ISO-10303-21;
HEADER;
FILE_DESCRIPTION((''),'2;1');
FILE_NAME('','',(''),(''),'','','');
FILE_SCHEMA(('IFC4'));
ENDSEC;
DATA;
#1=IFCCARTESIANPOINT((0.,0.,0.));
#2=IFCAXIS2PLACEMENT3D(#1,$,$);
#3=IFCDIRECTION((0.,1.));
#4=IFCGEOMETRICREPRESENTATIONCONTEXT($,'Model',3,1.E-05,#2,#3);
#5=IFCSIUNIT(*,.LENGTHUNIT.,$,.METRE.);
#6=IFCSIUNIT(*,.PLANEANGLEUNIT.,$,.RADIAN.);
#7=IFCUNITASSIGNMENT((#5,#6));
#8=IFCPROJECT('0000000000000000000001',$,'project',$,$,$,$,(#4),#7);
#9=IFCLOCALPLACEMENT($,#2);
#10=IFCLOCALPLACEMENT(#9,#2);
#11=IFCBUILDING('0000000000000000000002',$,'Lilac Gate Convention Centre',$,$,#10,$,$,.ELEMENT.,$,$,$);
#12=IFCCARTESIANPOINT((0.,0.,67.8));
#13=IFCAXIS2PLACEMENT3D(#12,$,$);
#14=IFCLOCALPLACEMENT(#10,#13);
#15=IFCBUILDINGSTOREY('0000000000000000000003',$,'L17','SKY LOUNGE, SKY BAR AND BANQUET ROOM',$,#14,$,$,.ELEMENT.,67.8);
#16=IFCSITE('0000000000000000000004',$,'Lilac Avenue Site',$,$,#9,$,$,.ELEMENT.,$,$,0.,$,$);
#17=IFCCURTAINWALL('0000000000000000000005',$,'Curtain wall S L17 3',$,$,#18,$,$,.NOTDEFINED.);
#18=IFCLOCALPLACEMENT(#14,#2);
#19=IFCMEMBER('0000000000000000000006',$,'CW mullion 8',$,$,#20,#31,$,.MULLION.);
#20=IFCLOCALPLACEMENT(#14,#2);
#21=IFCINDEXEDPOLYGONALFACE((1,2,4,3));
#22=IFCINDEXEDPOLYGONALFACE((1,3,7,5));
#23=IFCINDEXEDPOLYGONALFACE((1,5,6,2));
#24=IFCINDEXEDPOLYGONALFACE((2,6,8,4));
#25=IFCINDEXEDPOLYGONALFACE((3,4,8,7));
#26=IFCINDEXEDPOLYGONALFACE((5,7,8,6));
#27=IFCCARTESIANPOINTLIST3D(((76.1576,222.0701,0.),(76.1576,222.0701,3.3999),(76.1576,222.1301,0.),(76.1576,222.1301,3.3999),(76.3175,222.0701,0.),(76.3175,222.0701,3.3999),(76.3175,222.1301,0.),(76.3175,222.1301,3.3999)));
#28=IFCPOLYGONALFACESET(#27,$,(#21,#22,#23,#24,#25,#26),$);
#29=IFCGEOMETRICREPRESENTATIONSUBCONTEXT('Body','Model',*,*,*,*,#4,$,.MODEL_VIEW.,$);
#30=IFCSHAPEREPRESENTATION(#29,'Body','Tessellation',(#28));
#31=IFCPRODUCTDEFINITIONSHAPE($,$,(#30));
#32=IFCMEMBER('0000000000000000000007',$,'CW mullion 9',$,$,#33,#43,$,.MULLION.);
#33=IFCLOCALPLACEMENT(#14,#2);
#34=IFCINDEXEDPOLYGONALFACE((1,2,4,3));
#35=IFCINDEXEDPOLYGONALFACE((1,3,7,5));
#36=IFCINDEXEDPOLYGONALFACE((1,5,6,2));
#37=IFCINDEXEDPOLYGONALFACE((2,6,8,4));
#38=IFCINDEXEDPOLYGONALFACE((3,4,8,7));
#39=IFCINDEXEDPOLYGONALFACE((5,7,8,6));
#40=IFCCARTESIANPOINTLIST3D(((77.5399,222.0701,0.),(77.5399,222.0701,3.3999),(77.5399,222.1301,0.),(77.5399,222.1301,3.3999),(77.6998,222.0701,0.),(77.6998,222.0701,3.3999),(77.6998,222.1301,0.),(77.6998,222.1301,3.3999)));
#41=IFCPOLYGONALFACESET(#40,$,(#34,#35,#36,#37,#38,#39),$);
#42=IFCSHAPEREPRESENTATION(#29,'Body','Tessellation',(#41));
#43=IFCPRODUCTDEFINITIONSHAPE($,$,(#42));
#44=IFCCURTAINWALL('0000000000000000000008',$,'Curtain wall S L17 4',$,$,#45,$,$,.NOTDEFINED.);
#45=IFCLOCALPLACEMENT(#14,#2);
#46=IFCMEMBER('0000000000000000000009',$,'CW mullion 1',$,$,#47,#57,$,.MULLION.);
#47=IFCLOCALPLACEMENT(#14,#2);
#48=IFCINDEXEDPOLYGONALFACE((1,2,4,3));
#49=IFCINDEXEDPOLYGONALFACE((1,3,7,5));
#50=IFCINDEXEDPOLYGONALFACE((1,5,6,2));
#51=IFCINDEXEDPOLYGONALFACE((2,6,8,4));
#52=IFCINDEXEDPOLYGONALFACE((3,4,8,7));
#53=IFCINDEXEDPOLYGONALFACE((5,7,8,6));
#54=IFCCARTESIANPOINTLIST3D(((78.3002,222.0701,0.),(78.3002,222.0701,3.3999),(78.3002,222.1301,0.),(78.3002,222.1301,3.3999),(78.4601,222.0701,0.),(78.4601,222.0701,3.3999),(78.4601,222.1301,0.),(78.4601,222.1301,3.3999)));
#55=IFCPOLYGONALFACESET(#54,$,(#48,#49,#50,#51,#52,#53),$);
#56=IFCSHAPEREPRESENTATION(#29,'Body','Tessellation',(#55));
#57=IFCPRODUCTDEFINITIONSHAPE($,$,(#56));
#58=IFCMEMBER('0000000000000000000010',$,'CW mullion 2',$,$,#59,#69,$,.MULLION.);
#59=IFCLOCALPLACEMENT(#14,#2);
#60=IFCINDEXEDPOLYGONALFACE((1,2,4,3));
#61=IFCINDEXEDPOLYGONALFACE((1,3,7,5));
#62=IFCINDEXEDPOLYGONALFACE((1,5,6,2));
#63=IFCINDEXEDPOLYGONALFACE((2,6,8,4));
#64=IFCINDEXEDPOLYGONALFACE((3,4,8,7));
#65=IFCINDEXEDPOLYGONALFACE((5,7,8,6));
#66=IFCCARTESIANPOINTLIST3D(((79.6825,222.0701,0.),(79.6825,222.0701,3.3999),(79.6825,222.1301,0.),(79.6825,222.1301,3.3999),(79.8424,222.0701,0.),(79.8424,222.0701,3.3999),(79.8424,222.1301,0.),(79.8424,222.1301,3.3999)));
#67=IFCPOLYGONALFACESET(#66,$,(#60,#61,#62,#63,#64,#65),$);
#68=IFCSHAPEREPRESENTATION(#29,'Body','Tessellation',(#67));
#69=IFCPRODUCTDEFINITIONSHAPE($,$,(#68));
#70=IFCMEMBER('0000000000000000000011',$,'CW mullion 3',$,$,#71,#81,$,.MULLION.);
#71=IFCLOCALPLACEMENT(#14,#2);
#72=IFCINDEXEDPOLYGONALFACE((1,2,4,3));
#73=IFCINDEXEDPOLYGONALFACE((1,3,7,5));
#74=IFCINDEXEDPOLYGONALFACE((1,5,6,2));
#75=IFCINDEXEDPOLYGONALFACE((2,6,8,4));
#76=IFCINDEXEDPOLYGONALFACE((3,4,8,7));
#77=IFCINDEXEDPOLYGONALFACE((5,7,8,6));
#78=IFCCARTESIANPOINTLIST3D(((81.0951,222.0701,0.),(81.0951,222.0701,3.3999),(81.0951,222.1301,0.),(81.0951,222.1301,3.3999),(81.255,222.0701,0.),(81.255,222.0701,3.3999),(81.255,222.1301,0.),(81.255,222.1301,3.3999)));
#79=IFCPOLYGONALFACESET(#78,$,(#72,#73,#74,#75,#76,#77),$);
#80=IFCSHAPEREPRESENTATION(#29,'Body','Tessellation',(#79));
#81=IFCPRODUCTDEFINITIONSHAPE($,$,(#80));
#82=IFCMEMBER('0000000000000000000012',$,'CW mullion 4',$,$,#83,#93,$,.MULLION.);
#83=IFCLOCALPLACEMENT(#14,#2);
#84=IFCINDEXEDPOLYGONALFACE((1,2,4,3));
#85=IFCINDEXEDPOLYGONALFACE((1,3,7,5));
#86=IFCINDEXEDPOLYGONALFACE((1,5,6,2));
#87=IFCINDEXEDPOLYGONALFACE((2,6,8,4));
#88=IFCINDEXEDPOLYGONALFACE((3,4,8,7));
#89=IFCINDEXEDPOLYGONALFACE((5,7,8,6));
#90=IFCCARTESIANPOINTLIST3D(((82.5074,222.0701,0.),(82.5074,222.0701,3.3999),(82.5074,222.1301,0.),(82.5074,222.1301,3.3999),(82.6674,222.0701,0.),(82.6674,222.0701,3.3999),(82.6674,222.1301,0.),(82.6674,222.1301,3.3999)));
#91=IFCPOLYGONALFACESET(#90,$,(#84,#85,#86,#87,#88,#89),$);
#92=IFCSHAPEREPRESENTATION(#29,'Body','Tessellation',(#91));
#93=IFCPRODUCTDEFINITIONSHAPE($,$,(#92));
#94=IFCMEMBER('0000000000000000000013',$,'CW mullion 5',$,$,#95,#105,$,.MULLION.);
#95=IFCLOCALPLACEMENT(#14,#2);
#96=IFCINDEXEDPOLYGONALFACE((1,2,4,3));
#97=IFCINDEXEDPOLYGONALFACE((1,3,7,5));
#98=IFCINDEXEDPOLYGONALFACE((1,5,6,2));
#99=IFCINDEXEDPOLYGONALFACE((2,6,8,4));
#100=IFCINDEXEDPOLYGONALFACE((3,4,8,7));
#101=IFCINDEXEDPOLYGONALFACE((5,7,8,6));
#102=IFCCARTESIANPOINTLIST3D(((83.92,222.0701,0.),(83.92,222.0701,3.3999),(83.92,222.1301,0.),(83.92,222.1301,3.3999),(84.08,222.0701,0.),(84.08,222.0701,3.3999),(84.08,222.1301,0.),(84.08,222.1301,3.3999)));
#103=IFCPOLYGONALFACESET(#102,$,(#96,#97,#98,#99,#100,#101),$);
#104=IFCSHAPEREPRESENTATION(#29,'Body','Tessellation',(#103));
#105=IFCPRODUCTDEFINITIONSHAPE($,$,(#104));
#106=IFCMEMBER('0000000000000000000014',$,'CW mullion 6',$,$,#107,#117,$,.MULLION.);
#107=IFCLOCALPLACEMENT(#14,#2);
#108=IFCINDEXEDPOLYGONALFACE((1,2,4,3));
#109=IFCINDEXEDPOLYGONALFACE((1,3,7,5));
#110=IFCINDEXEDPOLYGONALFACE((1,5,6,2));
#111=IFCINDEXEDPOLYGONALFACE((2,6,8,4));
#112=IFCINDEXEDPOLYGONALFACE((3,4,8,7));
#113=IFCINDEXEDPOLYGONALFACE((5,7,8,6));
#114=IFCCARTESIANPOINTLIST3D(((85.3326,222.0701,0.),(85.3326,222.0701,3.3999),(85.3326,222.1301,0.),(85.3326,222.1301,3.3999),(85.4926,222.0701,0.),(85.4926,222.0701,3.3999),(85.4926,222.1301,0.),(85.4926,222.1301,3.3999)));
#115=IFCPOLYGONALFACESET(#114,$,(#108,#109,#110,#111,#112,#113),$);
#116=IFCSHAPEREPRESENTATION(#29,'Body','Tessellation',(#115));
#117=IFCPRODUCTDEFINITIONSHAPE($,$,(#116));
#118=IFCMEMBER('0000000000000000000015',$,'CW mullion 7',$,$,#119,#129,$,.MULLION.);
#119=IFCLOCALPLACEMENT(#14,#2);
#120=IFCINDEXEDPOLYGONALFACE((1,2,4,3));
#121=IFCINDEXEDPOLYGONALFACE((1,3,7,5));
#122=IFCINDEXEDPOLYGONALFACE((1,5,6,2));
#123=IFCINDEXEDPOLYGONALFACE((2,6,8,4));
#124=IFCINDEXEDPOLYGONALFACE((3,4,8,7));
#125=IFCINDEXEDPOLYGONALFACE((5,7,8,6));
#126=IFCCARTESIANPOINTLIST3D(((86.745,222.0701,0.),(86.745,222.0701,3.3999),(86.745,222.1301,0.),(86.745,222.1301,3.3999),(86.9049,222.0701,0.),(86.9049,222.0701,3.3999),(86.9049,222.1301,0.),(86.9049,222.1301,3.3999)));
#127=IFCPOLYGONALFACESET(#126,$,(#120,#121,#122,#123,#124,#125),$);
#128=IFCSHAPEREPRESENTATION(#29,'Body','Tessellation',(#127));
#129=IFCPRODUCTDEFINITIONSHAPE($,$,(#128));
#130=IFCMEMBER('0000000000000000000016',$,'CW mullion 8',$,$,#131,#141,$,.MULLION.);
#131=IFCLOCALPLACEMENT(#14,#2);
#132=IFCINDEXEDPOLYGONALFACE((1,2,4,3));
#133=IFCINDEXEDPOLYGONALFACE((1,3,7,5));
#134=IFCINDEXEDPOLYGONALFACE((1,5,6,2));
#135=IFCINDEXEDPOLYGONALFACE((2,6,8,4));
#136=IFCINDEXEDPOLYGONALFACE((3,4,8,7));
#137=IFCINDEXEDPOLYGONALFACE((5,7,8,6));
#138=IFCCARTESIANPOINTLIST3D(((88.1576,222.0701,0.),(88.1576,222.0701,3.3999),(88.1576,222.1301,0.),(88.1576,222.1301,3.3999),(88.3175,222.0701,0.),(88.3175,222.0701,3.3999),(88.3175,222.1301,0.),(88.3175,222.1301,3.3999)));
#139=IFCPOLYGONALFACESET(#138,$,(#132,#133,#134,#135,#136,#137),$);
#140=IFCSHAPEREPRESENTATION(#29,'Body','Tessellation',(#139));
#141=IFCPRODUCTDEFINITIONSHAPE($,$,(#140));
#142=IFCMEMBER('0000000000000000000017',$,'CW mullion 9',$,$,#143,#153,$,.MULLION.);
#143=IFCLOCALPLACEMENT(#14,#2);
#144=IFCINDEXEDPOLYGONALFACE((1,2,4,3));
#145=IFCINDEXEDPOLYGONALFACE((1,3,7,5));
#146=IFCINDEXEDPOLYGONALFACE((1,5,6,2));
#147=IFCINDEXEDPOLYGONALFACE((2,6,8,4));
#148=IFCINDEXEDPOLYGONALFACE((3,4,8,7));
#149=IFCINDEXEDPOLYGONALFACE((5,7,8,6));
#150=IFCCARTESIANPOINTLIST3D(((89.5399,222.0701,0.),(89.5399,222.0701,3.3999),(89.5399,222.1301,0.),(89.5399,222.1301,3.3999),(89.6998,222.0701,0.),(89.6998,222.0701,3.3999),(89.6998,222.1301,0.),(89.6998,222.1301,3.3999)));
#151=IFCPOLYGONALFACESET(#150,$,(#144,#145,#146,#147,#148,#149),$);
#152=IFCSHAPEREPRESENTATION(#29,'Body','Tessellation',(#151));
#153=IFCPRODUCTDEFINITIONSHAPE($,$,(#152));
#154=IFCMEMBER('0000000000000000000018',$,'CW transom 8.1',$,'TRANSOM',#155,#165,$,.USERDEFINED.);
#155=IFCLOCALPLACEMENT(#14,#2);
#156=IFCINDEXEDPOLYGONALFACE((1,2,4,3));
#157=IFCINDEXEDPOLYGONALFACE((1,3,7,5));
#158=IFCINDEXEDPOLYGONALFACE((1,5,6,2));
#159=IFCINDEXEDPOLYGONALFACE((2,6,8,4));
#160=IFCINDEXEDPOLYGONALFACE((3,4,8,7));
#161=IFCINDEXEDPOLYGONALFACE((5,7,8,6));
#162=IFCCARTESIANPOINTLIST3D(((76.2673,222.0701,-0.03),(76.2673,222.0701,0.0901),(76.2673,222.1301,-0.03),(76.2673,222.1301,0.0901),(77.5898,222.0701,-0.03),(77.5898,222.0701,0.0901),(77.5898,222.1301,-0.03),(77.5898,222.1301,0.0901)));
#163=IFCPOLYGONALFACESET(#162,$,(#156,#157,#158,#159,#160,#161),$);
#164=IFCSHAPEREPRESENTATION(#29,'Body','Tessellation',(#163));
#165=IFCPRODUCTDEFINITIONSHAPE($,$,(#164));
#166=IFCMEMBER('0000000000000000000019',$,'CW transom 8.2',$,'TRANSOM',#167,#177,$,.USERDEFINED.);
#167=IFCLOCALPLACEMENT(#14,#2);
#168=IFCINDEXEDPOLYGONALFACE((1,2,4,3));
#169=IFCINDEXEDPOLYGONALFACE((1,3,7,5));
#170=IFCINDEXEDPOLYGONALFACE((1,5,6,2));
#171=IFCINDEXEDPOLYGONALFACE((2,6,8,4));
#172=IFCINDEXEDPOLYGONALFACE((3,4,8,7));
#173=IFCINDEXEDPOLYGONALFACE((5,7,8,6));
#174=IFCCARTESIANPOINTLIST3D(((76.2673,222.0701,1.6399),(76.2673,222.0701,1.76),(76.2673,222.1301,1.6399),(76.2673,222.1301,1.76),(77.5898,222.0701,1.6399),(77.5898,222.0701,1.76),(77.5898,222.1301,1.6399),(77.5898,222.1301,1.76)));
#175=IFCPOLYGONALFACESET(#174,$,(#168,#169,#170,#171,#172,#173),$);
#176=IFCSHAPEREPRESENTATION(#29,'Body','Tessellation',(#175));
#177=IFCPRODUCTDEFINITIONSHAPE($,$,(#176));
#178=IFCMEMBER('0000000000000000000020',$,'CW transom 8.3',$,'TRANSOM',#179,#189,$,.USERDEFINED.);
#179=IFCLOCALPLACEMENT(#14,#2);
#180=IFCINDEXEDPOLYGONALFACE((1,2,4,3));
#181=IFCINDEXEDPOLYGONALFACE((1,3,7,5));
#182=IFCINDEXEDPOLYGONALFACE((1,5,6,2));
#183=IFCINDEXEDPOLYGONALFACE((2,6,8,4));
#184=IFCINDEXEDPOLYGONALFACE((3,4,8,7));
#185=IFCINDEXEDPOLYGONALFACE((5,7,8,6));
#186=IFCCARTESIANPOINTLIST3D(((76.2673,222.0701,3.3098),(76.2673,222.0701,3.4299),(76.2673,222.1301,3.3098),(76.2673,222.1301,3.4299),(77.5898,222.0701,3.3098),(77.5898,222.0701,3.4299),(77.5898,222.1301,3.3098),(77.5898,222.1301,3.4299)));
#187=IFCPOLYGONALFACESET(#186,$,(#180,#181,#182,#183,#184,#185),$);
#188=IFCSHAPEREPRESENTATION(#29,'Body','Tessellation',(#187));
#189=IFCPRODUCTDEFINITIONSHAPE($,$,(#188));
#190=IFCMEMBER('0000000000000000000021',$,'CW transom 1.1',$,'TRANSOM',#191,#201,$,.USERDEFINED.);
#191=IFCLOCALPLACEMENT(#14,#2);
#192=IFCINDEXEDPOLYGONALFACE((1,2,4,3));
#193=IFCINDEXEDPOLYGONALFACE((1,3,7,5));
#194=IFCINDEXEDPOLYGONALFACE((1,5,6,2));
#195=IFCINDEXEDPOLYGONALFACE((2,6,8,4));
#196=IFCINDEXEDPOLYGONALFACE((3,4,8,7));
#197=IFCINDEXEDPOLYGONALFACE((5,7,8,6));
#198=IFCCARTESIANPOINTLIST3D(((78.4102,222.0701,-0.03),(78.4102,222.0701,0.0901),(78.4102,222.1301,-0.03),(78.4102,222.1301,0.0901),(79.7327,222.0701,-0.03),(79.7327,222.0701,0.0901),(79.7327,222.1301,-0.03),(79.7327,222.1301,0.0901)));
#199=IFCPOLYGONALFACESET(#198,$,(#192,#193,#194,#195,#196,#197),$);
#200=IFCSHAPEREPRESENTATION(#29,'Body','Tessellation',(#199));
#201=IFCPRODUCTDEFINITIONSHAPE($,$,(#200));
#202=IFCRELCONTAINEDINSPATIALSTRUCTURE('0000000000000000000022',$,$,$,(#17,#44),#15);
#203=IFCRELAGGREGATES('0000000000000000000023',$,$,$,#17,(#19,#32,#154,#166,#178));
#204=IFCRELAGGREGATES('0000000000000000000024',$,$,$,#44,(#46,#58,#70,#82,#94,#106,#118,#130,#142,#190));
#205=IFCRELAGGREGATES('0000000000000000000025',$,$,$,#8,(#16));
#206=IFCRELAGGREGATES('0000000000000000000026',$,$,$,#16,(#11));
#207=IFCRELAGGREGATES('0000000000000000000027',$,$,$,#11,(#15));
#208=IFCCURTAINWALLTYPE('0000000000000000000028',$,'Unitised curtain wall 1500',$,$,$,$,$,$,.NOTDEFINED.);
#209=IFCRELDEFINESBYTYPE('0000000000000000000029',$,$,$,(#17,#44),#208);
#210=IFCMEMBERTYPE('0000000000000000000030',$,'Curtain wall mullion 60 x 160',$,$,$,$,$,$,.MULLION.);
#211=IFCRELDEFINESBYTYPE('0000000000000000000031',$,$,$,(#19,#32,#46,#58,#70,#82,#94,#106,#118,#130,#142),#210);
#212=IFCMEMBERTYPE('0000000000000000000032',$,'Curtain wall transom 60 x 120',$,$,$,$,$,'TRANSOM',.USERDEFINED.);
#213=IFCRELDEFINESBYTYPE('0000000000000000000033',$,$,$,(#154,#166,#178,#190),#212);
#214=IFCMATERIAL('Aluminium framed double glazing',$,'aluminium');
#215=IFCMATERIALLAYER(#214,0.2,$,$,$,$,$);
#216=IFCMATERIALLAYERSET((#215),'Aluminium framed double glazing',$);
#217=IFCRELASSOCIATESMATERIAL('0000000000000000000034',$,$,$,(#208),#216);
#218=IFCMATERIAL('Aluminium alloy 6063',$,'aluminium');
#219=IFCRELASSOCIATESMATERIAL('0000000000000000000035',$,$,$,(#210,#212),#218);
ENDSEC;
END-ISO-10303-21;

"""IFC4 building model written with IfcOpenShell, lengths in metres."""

from ifc_helpers import new_model, si_unit, direction, frame, origin, origin_2d, place, context, subcontext, project, spatial, rectangle, extrude, material, layer, layer_set, material_profile, profile_set, type_object, element, aggregate, save


model = new_model("IFC4")

# Units and contexts
model_context = context("Model", 3, precision=1e-05, world=origin(), true_north=direction((0.0, 1.0)))
body_context = subcontext(model_context, "Body", "Model", "MODEL_VIEW")
ifc_project = project(units=[si_unit("LENGTHUNIT", "METRE"), si_unit("PLANEANGLEUNIT", "RADIAN")], contexts=[model_context])

# Site, building, storey
site_placement = place(None, origin())
site = spatial("IfcSite", under=ifc_project, at=site_placement, Name="Lilac Avenue Site", CompositionType="ELEMENT", RefElevation=0.0)
building_placement = place(site_placement, origin())
building = spatial("IfcBuilding", under=site, at=building_placement, Name="Lilac Gate Convention Centre", CompositionType="ELEMENT")
storey_placement = place(building_placement, frame((0.0, 0.0, 67.8)))
storey = spatial("IfcBuildingStorey", under=building, at=storey_placement, Name="L17", Description="SKY LOUNGE, SKY BAR AND BANQUET ROOM", CompositionType="ELEMENT", Elevation=67.8)

# Curtain walls, members
ifc_material_1 = material(Name="Aluminium framed double glazing", Category="aluminium")
ifc_layer_1 = layer(ifc_material_1, 0.2)
ifc_layer_set_1 = layer_set([ifc_layer_1], Name="Aluminium framed double glazing")
curtain_wall_type = type_object("IfcCurtainWallType", Name="Unitised curtain wall 1500", PredefinedType="NOTDEFINED", material=ifc_layer_set_1)
curtain_wall_1_placement = place(storey_placement, origin())
curtain_wall_1 = element("IfcCurtainWall", 1, at=curtain_wall_1_placement, inside=storey, type_object=curtain_wall_type, Name="Curtain wall S L17 3", PredefinedType="NOTDEFINED")
ifc_material_2 = material(Name="Aluminium alloy 6063", Category="aluminium")
ifc_material_profile_1 = material_profile(ifc_material_2, rectangle(XDim=0.0601, YDim=0.1599, at=origin_2d()), Name="Curtain wall mullion 60 x 160")
ifc_profile_set_1 = profile_set([ifc_material_profile_1], Name="Aluminium alloy 6063")
member_type_1 = type_object("IfcMemberType", Name="Curtain wall mullion 60 x 160", PredefinedType="MULLION", material=ifc_profile_set_1)
member_1_placement = place(storey_placement, frame((76.2375, 222.1001, 0.0), z_axis=(0.0, 0.0, 1.0), x_axis=(0.0, 1.0, 0.0)))
member_1 = element("IfcMember", 2, at=member_1_placement, type_object=member_type_1, Name="CW mullion 8", PredefinedType="MULLION", context=body_context, shape_type="SweptSolid", body=[
    extrude(rectangle(XDim=0.0601, YDim=0.1599, at=origin_2d()), origin(), (0.0, 0.0, 1.0), 3.3999),
])
member_2_placement = place(storey_placement, frame((77.6199, 222.1001, 0.0), z_axis=(0.0, 0.0, 1.0), x_axis=(0.0, 1.0, 0.0)))
member_2 = element("IfcMember", 3, at=member_2_placement, type_object=member_type_1, Name="CW mullion 9", PredefinedType="MULLION", context=body_context, shape_type="SweptSolid", body=[
    extrude(rectangle(XDim=0.0601, YDim=0.1599, at=origin_2d()), origin(), (0.0, 0.0, 1.0), 3.3999),
])
curtain_wall_2_placement = place(storey_placement, origin())
curtain_wall_2 = element("IfcCurtainWall", 4, at=curtain_wall_2_placement, inside=storey, type_object=curtain_wall_type, Name="Curtain wall S L17 4", PredefinedType="NOTDEFINED")
member_3_placement = place(storey_placement, frame((78.3801, 222.1001, 0.0), z_axis=(0.0, 0.0, 1.0), x_axis=(0.0, 1.0, 0.0)))
member_3 = element("IfcMember", 5, at=member_3_placement, type_object=member_type_1, Name="CW mullion 1", PredefinedType="MULLION", context=body_context, shape_type="SweptSolid", body=[
    extrude(rectangle(XDim=0.0601, YDim=0.1599, at=origin_2d()), origin(), (0.0, 0.0, 1.0), 3.3999),
])
member_4_placement = place(storey_placement, frame((79.7625, 222.1001, 0.0), z_axis=(0.0, 0.0, 1.0), x_axis=(0.0, 1.0, 0.0)))
member_4 = element("IfcMember", 6, at=member_4_placement, type_object=member_type_1, Name="CW mullion 2", PredefinedType="MULLION", context=body_context, shape_type="SweptSolid", body=[
    extrude(rectangle(XDim=0.0601, YDim=0.1599, at=origin_2d()), origin(), (0.0, 0.0, 1.0), 3.3999),
])
member_5_placement = place(storey_placement, frame((81.175, 222.1001, 0.0), z_axis=(0.0, 0.0, 1.0), x_axis=(0.0, 1.0, 0.0)))
member_5 = element("IfcMember", 7, at=member_5_placement, type_object=member_type_1, Name="CW mullion 3", PredefinedType="MULLION", context=body_context, shape_type="SweptSolid", body=[
    extrude(rectangle(XDim=0.0601, YDim=0.1599, at=origin_2d()), origin(), (0.0, 0.0, 1.0), 3.3999),
])
member_6_placement = place(storey_placement, frame((82.5874, 222.1001, 0.0), z_axis=(0.0, 0.0, 1.0), x_axis=(0.0, 1.0, 0.0)))
member_6 = element("IfcMember", 8, at=member_6_placement, type_object=member_type_1, Name="CW mullion 4", PredefinedType="MULLION", context=body_context, shape_type="SweptSolid", body=[
    extrude(rectangle(XDim=0.0601, YDim=0.1599, at=origin_2d()), origin(), (0.0, 0.0, 1.0), 3.3999),
])
member_7_placement = place(storey_placement, frame((84.0, 222.1001, 0.0), z_axis=(0.0, 0.0, 1.0), x_axis=(0.0, 1.0, 0.0)))
member_7 = element("IfcMember", 9, at=member_7_placement, type_object=member_type_1, Name="CW mullion 5", PredefinedType="MULLION", context=body_context, shape_type="SweptSolid", body=[
    extrude(rectangle(XDim=0.0601, YDim=0.1599, at=origin_2d()), origin(), (0.0, 0.0, 1.0), 3.3999),
])
member_8_placement = place(storey_placement, frame((85.4126, 222.1001, 0.0), z_axis=(0.0, 0.0, 1.0), x_axis=(0.0, 1.0, 0.0)))
member_8 = element("IfcMember", 10, at=member_8_placement, type_object=member_type_1, Name="CW mullion 6", PredefinedType="MULLION", context=body_context, shape_type="SweptSolid", body=[
    extrude(rectangle(XDim=0.0601, YDim=0.1599, at=origin_2d()), origin(), (0.0, 0.0, 1.0), 3.3999),
])
member_9_placement = place(storey_placement, frame((86.825, 222.1001, 0.0), z_axis=(0.0, 0.0, 1.0), x_axis=(0.0, 1.0, 0.0)))
member_9 = element("IfcMember", 11, at=member_9_placement, type_object=member_type_1, Name="CW mullion 7", PredefinedType="MULLION", context=body_context, shape_type="SweptSolid", body=[
    extrude(rectangle(XDim=0.0601, YDim=0.1599, at=origin_2d()), origin(), (0.0, 0.0, 1.0), 3.3999),
])
member_10_placement = place(storey_placement, frame((88.2375, 222.1001, 0.0), z_axis=(0.0, 0.0, 1.0), x_axis=(0.0, 1.0, 0.0)))
member_10 = element("IfcMember", 12, at=member_10_placement, type_object=member_type_1, Name="CW mullion 8", PredefinedType="MULLION", context=body_context, shape_type="SweptSolid", body=[
    extrude(rectangle(XDim=0.0601, YDim=0.1599, at=origin_2d()), origin(), (0.0, 0.0, 1.0), 3.3999),
])
member_11_placement = place(storey_placement, frame((89.6199, 222.1001, 0.0), z_axis=(0.0, 0.0, 1.0), x_axis=(0.0, 1.0, 0.0)))
member_11 = element("IfcMember", 13, at=member_11_placement, type_object=member_type_1, Name="CW mullion 9", PredefinedType="MULLION", context=body_context, shape_type="SweptSolid", body=[
    extrude(rectangle(XDim=0.0601, YDim=0.1599, at=origin_2d()), origin(), (0.0, 0.0, 1.0), 3.3999),
])

# Members
ifc_material_profile_2 = material_profile(ifc_material_2, rectangle(XDim=0.0601, YDim=0.1201, at=origin_2d()), Name="Curtain wall transom 60 x 120")
ifc_profile_set_2 = profile_set([ifc_material_profile_2], Name="Aluminium alloy 6063")
member_type_2 = type_object("IfcMemberType", Name="Curtain wall transom 60 x 120", ElementType="TRANSOM", PredefinedType="USERDEFINED", material=ifc_profile_set_2)
member_12_placement = place(storey_placement, frame((76.2673, 222.1001, 0.03), z_axis=(1.0, 0.0, 0.0), x_axis=(0.0, 1.0, 0.0)))
member_12 = element("IfcMember", 14, at=member_12_placement, type_object=member_type_2, Name="CW transom 8.1", ObjectType="TRANSOM", PredefinedType="USERDEFINED", context=body_context, shape_type="SweptSolid", body=[
    extrude(rectangle(XDim=0.0601, YDim=0.1201, at=origin_2d()), origin(), (0.0, 0.0, 1.0), 1.3225),
])
member_13_placement = place(storey_placement, frame((76.2673, 222.1001, 1.7), z_axis=(1.0, 0.0, 0.0), x_axis=(0.0, 1.0, 0.0)))
member_13 = element("IfcMember", 15, at=member_13_placement, type_object=member_type_2, Name="CW transom 8.2", ObjectType="TRANSOM", PredefinedType="USERDEFINED", context=body_context, shape_type="SweptSolid", body=[
    extrude(rectangle(XDim=0.0601, YDim=0.1201, at=origin_2d()), origin(), (0.0, 0.0, 1.0), 1.3225),
])
member_14_placement = place(storey_placement, frame((76.2673, 222.1001, 3.3699), z_axis=(1.0, 0.0, 0.0), x_axis=(0.0, 1.0, 0.0)))
member_14 = element("IfcMember", 16, at=member_14_placement, type_object=member_type_2, Name="CW transom 8.3", ObjectType="TRANSOM", PredefinedType="USERDEFINED", context=body_context, shape_type="SweptSolid", body=[
    extrude(rectangle(XDim=0.0601, YDim=0.1201, at=origin_2d()), origin(), (0.0, 0.0, 1.0), 1.3225),
])
member_15_placement = place(storey_placement, frame((78.4102, 222.1001, 0.03), z_axis=(1.0, 0.0, 0.0), x_axis=(0.0, 1.0, 0.0)))
member_15 = element("IfcMember", 17, at=member_15_placement, type_object=member_type_2, Name="CW transom 1.1", ObjectType="TRANSOM", PredefinedType="USERDEFINED", context=body_context, shape_type="SweptSolid", body=[
    extrude(rectangle(XDim=0.0601, YDim=0.1201, at=origin_2d()), origin(), (0.0, 0.0, 1.0), 1.3225),
])

aggregate(curtain_wall_1, [member_1, member_2, member_12, member_13, member_14])
aggregate(curtain_wall_2, [member_3, member_4, member_5, member_6, member_7, member_8, member_9, member_10, member_11, member_15])

save(model, "model.ifc")
